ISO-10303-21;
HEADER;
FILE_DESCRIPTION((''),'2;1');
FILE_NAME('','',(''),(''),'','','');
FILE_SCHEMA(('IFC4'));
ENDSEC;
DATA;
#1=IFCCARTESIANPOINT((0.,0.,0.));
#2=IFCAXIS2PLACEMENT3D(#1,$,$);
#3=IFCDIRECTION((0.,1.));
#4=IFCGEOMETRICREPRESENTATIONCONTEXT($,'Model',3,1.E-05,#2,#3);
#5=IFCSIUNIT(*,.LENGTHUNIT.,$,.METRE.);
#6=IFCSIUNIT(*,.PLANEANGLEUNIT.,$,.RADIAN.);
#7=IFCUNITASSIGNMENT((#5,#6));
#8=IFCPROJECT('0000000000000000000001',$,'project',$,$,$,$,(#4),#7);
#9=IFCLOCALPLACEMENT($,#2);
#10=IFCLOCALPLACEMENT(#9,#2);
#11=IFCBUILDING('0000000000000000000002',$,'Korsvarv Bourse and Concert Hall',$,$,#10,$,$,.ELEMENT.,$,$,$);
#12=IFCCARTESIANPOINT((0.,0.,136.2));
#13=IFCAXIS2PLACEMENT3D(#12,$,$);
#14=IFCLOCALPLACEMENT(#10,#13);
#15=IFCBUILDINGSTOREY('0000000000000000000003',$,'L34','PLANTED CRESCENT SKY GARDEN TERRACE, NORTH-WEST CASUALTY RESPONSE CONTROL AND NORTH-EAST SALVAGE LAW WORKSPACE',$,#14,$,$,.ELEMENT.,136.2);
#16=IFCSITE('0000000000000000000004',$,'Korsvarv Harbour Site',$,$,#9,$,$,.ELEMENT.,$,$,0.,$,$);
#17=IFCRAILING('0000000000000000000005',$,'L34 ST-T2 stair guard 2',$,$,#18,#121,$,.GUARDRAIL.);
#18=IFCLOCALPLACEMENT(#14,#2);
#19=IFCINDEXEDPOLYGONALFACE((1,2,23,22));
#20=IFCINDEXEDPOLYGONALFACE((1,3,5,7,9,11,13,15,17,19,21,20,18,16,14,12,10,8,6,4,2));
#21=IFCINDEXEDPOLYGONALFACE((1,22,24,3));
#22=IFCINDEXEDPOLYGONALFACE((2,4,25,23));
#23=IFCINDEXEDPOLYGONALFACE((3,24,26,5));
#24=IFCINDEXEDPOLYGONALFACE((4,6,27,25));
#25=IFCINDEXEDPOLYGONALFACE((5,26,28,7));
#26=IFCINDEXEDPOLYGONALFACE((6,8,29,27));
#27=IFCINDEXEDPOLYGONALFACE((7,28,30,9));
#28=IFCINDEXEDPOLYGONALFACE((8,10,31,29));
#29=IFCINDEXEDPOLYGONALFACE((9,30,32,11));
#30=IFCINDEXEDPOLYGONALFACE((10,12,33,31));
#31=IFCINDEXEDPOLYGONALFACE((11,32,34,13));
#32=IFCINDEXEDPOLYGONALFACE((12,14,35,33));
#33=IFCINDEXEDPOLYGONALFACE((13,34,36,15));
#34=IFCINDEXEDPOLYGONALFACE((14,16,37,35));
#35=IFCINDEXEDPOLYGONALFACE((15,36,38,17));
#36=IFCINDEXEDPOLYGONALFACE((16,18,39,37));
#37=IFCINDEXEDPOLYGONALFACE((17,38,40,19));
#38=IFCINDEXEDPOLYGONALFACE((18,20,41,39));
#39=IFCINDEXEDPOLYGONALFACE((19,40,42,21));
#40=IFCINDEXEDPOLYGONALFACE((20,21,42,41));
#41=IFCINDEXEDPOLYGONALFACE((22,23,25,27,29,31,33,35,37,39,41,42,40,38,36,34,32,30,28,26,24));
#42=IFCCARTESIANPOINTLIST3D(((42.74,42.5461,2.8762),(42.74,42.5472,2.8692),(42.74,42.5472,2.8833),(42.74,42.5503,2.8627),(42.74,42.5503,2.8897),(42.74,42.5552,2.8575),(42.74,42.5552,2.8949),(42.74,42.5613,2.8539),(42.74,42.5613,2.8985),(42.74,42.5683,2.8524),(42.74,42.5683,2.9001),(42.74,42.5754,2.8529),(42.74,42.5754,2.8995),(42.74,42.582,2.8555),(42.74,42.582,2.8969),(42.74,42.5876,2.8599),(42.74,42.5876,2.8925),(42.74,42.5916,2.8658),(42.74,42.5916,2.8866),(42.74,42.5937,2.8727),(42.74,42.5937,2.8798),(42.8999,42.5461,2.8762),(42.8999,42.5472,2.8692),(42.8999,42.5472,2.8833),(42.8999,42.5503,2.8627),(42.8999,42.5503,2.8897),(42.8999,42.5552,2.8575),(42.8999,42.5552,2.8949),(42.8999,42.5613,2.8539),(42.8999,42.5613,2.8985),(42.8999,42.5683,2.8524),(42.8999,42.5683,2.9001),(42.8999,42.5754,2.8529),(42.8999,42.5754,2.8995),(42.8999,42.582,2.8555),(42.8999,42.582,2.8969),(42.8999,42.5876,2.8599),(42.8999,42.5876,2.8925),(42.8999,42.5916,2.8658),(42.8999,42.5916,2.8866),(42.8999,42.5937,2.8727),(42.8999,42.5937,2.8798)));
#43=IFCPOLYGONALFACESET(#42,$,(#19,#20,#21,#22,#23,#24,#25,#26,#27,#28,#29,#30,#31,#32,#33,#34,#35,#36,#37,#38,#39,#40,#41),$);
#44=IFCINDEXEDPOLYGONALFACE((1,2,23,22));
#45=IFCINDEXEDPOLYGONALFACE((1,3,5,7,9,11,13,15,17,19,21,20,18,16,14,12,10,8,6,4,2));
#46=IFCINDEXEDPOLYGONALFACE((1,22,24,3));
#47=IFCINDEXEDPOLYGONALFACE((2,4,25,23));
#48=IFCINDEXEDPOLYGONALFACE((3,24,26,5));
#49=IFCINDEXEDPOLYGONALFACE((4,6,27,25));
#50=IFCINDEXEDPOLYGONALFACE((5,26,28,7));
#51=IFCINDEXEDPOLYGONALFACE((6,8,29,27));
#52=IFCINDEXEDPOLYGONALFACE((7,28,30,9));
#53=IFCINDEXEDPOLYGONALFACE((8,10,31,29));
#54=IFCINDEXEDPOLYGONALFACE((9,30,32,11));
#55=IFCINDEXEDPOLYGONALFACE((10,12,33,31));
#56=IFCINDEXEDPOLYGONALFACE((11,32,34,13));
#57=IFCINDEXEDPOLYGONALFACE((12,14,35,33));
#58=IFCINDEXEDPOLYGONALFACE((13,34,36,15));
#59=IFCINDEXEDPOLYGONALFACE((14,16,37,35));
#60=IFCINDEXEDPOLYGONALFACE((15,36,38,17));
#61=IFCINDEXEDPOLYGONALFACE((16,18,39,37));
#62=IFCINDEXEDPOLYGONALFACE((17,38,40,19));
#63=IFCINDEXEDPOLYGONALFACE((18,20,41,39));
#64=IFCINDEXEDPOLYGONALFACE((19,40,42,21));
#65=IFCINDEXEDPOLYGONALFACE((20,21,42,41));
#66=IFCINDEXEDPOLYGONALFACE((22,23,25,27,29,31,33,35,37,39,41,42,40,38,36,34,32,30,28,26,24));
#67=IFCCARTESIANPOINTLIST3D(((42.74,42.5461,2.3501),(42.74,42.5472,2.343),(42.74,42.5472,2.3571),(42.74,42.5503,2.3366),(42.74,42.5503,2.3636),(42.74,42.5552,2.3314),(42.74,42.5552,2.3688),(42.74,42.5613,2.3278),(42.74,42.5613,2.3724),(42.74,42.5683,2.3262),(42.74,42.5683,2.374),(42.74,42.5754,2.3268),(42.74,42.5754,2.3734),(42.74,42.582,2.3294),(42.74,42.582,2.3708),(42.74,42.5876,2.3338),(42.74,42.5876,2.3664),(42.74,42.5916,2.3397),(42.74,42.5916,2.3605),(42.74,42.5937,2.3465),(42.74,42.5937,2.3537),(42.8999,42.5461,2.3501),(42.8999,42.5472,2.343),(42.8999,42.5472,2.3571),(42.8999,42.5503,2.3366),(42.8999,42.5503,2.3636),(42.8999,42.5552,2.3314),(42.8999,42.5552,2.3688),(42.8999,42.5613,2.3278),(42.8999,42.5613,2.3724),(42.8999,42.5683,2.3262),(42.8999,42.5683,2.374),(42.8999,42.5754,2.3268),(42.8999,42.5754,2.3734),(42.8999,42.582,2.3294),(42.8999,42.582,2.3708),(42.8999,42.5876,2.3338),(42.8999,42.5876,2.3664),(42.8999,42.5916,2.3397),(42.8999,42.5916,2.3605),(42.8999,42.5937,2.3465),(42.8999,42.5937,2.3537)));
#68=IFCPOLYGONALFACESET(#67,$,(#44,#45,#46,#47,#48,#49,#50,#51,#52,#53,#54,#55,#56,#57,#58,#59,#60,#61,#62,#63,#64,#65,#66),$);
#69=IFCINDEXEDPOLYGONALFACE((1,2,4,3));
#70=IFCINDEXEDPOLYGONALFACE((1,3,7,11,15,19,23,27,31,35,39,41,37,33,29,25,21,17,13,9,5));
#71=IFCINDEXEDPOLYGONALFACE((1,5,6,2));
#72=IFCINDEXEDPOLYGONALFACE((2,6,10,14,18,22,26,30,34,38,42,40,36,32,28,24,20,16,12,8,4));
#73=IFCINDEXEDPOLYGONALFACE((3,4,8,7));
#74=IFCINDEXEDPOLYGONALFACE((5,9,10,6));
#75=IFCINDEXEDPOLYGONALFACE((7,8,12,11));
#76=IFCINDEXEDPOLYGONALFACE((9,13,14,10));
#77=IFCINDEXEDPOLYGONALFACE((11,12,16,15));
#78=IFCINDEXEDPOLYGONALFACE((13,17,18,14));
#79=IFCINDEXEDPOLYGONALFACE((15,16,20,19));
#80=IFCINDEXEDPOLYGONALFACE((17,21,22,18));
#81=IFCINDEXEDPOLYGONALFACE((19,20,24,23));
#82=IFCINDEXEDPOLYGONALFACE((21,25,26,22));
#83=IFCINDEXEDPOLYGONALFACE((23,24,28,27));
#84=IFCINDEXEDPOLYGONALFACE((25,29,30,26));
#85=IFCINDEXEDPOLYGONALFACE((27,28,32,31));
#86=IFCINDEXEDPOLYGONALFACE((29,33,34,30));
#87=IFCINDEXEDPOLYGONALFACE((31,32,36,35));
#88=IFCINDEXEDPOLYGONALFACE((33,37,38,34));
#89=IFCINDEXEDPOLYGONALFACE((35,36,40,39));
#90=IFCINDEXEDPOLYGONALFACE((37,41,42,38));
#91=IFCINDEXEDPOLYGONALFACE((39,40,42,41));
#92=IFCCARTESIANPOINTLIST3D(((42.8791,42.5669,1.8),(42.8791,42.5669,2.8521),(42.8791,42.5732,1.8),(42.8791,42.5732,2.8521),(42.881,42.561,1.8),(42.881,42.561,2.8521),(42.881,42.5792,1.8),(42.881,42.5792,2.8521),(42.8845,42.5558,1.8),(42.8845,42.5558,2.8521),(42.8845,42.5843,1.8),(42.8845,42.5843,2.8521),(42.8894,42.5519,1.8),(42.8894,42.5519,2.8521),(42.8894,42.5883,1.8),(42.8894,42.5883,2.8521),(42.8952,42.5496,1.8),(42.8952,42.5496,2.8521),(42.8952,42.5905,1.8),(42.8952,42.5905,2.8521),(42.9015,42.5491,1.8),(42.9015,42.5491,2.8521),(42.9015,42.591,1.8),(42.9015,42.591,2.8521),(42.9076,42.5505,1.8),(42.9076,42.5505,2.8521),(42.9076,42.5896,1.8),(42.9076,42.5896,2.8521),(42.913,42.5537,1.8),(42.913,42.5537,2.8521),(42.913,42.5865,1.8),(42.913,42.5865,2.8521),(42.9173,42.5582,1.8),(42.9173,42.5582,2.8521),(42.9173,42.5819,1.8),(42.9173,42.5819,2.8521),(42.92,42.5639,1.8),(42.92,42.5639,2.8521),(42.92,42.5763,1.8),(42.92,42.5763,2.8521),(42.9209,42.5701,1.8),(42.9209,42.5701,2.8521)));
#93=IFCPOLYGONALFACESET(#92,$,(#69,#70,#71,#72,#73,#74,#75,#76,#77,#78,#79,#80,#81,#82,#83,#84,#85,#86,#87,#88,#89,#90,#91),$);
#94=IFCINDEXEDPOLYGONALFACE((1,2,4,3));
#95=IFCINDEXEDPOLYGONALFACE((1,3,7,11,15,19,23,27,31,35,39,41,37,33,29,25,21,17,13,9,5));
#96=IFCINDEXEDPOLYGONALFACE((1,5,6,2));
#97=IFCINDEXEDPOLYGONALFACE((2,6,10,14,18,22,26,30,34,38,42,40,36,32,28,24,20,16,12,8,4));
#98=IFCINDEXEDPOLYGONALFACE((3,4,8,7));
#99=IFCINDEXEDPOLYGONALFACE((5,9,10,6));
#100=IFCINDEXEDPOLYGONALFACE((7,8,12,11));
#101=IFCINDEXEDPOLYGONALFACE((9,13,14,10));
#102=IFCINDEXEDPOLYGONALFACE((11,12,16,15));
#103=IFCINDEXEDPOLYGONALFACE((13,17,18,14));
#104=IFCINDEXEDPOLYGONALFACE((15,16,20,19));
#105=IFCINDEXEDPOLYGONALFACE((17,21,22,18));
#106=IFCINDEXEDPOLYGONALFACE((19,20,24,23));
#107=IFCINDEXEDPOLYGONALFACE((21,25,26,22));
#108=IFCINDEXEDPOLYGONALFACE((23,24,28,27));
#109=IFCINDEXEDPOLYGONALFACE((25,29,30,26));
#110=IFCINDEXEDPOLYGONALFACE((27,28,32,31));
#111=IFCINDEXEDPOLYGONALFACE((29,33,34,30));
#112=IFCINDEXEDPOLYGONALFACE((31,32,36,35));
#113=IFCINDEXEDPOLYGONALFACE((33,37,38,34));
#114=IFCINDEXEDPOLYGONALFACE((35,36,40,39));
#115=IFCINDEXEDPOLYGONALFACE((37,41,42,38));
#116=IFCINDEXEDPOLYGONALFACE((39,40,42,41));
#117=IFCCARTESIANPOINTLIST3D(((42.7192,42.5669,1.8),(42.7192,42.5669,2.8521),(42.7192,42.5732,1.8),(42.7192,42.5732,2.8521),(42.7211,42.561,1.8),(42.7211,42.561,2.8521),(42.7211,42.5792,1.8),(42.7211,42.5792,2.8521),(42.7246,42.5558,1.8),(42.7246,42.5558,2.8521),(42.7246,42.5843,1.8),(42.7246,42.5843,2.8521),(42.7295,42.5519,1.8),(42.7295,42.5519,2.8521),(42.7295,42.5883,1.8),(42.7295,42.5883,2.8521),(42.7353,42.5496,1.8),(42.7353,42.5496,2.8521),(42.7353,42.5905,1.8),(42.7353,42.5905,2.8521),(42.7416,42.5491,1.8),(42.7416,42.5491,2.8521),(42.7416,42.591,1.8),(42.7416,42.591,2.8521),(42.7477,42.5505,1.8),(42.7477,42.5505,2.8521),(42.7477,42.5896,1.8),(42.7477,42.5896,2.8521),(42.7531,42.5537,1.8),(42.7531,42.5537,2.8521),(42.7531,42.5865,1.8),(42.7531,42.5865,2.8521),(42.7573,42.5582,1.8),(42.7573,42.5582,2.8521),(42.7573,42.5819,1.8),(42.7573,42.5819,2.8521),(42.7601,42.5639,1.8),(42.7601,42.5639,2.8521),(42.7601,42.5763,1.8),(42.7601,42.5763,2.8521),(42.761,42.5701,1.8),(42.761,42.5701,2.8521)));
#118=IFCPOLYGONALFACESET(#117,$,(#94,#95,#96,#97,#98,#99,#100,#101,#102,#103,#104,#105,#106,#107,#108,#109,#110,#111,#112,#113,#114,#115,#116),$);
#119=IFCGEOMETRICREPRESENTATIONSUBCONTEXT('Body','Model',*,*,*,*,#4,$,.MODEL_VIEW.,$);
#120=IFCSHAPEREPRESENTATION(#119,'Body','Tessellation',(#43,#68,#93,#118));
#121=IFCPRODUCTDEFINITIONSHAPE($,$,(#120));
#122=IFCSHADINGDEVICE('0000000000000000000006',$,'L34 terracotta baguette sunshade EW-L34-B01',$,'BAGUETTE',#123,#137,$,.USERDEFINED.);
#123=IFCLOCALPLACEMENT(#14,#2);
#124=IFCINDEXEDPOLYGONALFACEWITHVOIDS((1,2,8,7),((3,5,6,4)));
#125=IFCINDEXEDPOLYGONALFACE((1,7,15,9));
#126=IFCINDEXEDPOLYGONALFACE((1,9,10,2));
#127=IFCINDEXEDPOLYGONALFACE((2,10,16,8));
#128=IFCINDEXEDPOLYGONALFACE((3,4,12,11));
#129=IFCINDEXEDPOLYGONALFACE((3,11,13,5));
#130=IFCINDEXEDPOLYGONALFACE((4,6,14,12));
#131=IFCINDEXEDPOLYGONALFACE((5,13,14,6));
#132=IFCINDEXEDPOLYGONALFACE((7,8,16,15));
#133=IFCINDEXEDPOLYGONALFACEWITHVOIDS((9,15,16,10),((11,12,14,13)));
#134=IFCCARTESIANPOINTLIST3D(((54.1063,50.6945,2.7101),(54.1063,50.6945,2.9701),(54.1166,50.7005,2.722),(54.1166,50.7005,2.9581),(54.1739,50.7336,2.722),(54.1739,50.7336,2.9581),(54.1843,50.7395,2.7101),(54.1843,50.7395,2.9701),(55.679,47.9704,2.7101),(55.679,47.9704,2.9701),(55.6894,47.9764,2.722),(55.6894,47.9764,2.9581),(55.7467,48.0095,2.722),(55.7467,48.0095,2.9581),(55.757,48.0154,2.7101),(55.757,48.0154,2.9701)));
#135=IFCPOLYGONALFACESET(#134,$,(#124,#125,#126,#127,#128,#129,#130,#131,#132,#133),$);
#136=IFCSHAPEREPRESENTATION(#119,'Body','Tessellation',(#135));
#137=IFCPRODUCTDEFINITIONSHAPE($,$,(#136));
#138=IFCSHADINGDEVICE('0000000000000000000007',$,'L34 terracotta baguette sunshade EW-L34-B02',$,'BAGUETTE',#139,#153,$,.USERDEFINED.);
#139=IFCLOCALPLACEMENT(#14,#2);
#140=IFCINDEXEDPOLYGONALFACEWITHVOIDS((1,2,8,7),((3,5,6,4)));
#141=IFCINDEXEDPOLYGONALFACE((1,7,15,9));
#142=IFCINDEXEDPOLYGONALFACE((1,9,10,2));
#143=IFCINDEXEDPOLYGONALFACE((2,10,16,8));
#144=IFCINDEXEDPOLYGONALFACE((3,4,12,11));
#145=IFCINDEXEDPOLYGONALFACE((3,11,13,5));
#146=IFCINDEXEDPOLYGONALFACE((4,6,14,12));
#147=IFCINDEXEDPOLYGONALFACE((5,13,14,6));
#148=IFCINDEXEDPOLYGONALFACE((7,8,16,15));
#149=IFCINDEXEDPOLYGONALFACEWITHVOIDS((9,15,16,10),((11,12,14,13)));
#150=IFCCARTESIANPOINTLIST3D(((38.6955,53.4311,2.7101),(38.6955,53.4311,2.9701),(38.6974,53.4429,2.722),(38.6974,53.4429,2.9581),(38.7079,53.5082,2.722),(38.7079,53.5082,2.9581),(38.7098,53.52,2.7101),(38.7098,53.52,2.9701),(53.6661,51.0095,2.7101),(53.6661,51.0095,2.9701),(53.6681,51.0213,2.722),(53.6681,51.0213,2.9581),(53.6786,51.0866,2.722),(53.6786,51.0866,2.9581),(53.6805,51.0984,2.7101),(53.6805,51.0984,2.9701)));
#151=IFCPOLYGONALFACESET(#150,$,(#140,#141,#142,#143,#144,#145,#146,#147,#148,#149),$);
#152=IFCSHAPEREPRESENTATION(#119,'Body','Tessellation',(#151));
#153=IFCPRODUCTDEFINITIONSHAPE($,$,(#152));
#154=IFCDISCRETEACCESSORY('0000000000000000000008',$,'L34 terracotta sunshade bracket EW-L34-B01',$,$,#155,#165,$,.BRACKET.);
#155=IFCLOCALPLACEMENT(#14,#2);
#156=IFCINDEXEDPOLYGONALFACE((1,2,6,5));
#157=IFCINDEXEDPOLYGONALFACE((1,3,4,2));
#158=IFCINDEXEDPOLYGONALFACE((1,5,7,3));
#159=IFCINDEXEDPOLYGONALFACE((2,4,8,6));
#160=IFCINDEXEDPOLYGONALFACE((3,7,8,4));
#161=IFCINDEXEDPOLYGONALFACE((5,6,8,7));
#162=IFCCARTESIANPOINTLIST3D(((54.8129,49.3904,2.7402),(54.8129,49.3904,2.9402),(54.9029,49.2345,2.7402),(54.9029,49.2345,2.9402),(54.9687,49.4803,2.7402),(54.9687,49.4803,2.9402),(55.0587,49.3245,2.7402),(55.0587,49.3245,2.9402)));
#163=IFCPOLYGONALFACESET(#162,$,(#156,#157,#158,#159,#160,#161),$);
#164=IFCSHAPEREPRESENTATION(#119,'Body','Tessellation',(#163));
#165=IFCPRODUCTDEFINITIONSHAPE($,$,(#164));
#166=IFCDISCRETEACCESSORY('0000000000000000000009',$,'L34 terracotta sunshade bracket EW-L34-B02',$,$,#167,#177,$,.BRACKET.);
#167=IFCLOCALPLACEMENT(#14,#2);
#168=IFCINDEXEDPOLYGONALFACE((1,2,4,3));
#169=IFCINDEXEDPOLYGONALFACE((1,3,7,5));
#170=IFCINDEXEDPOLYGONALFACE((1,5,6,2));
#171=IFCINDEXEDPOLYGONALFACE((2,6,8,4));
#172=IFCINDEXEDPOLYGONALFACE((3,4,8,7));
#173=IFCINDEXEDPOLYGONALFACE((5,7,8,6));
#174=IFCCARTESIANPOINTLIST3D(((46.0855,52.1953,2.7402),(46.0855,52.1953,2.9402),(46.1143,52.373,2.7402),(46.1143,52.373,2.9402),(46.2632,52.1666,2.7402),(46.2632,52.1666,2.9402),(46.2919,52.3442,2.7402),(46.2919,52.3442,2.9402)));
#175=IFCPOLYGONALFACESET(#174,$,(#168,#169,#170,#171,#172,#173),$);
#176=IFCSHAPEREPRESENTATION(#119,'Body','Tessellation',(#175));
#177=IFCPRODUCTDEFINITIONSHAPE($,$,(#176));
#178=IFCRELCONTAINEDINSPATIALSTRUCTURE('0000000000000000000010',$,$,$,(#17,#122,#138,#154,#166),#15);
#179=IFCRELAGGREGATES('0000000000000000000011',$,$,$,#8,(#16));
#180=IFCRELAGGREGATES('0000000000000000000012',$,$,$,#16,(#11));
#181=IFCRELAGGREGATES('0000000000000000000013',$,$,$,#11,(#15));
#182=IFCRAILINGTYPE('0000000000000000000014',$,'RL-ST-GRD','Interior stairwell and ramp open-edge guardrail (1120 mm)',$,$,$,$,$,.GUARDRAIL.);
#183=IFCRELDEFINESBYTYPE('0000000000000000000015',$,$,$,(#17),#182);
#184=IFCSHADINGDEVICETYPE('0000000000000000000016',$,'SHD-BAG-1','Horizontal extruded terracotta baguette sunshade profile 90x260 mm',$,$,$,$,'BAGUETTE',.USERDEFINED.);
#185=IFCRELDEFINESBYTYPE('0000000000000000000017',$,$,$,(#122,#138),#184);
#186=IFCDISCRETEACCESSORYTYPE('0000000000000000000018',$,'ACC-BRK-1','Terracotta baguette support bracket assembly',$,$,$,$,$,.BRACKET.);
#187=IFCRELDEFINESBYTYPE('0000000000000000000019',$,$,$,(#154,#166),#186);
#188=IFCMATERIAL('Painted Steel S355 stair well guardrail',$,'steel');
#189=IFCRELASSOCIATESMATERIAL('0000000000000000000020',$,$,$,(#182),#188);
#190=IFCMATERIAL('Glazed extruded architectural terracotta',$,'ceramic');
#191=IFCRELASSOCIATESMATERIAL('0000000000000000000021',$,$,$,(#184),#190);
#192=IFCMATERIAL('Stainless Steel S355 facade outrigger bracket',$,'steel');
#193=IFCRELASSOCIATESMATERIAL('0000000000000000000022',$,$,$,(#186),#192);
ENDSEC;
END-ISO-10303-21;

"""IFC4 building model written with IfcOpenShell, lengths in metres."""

from ifc_helpers import new_model, si_unit, direction, frame, origin, origin_2d, place, context, subcontext, project, spatial, rectangle, hollow_rectangle, circle, extrude, source, transform, mapped, material, material_profile, profile_set, type_object, element, save


model = new_model("IFC4")

# Units and contexts
model_context = context("Model", 3, precision=1e-05, world=origin(), true_north=direction((0.0, 1.0)))
body_context = subcontext(model_context, "Body", "Model", "MODEL_VIEW")
ifc_project = project(units=[si_unit("LENGTHUNIT", "METRE"), si_unit("PLANEANGLEUNIT", "RADIAN")], contexts=[model_context])

# Site, building, storey
site_placement = place(None, origin())
site = spatial("IfcSite", under=ifc_project, at=site_placement, Name="Korsvarv Harbour Site", CompositionType="ELEMENT", RefElevation=0.0)
building_placement = place(site_placement, origin())
building = spatial("IfcBuilding", under=site, at=building_placement, Name="Korsvarv Bourse and Concert Hall", CompositionType="ELEMENT")
storey_placement = place(building_placement, frame((0.0, 0.0, 136.2)))
storey = spatial("IfcBuildingStorey", under=building, at=storey_placement, Name="L34", Description="PLANTED CRESCENT SKY GARDEN TERRACE, NORTH-WEST CASUALTY RESPONSE CONTROL AND NORTH-EAST SALVAGE LAW WORKSPACE", CompositionType="ELEMENT", Elevation=136.2)

# Railing
ifc_material_1 = material(Name="Painted Steel S355 stair well guardrail", Category="steel")
railing_type_1 = type_object("IfcRailingType", Name="RL-ST-GRD", Description="Interior stairwell and ramp open-edge guardrail (1120 mm)", PredefinedType="GUARDRAIL", material=ifc_material_1)
railing_1_placement = place(storey_placement, frame((42.8999, 42.5701, 1.8)))
element("IfcRailing", 1, at=railing_1_placement, inside=storey, type_object=railing_type_1, Name="L34 ST-T2 stair guard 2", PredefinedType="GUARDRAIL", context=body_context, shape_type="SweptSolid", body=[
    extrude(circle(Radius=0.0239, at=origin_2d()), frame((0.0, 0.0, 1.0762), z_axis=(-1.0, 0.0, 0.0), x_axis=(0.0, -1.0, 0.0)), (0.0, 0.0, 1.0), 0.1599),
    extrude(circle(Radius=0.0239, at=origin_2d()), frame((0.0, 0.0, 0.55), z_axis=(-1.0, 0.0, 0.0), x_axis=(0.0, -1.0, 0.0)), (0.0, 0.0, 1.0), 0.1599),
    extrude(circle(Radius=0.021, at=origin_2d()), origin(), (0.0, 0.0, 1.0), 1.052),
    extrude(circle(Radius=0.021, at=origin_2d()), frame((-0.1599, 0.0, 0.0)), (0.0, 0.0, 1.0), 1.052),
])

# Shading devices
ifc_material_2 = material(Name="Glazed extruded architectural terracotta", Category="ceramic")
ifc_material_profile_1 = material_profile(ifc_material_2, hollow_rectangle(XDim=0.0901, YDim=0.26, WallThickness=0.012, at=origin_2d()), Name="TC-BAG 90x260")
ifc_profile_set_1 = profile_set([ifc_material_profile_1], Name="Glazed extruded architectural terracotta")
shading_device_type = type_object("IfcShadingDeviceType", Name="SHD-BAG-1", Description="Horizontal extruded terracotta baguette sunshade profile 90x260 mm", ElementType="BAGUETTE", PredefinedType="USERDEFINED", material=ifc_profile_set_1)
shared_shape_1 = source(origin(), body_context, "Body", "SweptSolid", [
    extrude(hollow_rectangle(XDim=0.0901, YDim=0.26, WallThickness=0.012, at=origin_2d()), origin(), (0.0, 0.0, 1.0), 3.1455),
])
shading_device_1_placement = place(storey_placement, frame((55.718, 47.9929, 2.8401), z_axis=(-0.499996, 0.866028, 0.0), x_axis=(-0.866028, -0.499996, 0.0)))
element("IfcShadingDevice", 2, at=shading_device_1_placement, inside=storey, type_object=shading_device_type, Name="L34 terracotta baguette sunshade EW-L34-B01", ObjectType="BAGUETTE", PredefinedType="USERDEFINED", context=body_context, shape_type="MappedRepresentation", body=[
    mapped(shared_shape_1, transform((0.0, 0.0, 0.0), scale=1.0)),
])
shared_shape_2 = source(origin(), body_context, "Body", "SweptSolid", [
    extrude(hollow_rectangle(XDim=0.0901, YDim=0.26, WallThickness=0.012, at=origin_2d()), origin(), (0.0, 0.0, 1.0), 15.1653),
])
shading_device_2_placement = place(storey_placement, frame((53.6733, 51.054, 2.8401), z_axis=(-0.987168, 0.159682, 0.0), x_axis=(-0.159682, -0.987168, 0.0)))
element("IfcShadingDevice", 3, at=shading_device_2_placement, inside=storey, type_object=shading_device_type, Name="L34 terracotta baguette sunshade EW-L34-B02", ObjectType="BAGUETTE", PredefinedType="USERDEFINED", context=body_context, shape_type="MappedRepresentation", body=[
    mapped(shared_shape_2, transform((0.0, 0.0, 0.0), scale=1.0)),
])

# Discrete accessories
ifc_material_3 = material(Name="Stainless Steel S355 facade outrigger bracket", Category="steel")
discrete_accessory_type = type_object("IfcDiscreteAccessoryType", Name="ACC-BRK-1", Description="Terracotta baguette support bracket assembly", PredefinedType="BRACKET", material=ifc_material_3)
shared_shape_3 = source(origin(), body_context, "Body", "SweptSolid", [
    extrude(rectangle(XDim=0.1799, YDim=0.1799, at=origin_2d()), origin(), (0.0, 0.0, 1.0), 0.2),
])
for number, where, z_axis, x_axis, name in (
    (4, (54.9358, 49.3574, 2.7402), (0.0, 0.0, 1.0), (-0.5, 0.866025, 0.0), "L34 terracotta sunshade bracket EW-L34-B01"),
    (5, (46.1887, 52.2698, 2.7402), (0.0, 0.0, 1.0), (-0.987164, 0.159709, 0.0), "L34 terracotta sunshade bracket EW-L34-B02"),
):
    element("IfcDiscreteAccessory", number, at=place(storey_placement, frame(where, z_axis=z_axis, x_axis=x_axis)), inside=storey, type_object=discrete_accessory_type, Name=name, PredefinedType="BRACKET", context=body_context, shape_type="MappedRepresentation", body=[
        mapped(shared_shape_3, transform((0.0, 0.0, 0.0), scale=1.0)),
    ])

save(model, "model.ifc")
